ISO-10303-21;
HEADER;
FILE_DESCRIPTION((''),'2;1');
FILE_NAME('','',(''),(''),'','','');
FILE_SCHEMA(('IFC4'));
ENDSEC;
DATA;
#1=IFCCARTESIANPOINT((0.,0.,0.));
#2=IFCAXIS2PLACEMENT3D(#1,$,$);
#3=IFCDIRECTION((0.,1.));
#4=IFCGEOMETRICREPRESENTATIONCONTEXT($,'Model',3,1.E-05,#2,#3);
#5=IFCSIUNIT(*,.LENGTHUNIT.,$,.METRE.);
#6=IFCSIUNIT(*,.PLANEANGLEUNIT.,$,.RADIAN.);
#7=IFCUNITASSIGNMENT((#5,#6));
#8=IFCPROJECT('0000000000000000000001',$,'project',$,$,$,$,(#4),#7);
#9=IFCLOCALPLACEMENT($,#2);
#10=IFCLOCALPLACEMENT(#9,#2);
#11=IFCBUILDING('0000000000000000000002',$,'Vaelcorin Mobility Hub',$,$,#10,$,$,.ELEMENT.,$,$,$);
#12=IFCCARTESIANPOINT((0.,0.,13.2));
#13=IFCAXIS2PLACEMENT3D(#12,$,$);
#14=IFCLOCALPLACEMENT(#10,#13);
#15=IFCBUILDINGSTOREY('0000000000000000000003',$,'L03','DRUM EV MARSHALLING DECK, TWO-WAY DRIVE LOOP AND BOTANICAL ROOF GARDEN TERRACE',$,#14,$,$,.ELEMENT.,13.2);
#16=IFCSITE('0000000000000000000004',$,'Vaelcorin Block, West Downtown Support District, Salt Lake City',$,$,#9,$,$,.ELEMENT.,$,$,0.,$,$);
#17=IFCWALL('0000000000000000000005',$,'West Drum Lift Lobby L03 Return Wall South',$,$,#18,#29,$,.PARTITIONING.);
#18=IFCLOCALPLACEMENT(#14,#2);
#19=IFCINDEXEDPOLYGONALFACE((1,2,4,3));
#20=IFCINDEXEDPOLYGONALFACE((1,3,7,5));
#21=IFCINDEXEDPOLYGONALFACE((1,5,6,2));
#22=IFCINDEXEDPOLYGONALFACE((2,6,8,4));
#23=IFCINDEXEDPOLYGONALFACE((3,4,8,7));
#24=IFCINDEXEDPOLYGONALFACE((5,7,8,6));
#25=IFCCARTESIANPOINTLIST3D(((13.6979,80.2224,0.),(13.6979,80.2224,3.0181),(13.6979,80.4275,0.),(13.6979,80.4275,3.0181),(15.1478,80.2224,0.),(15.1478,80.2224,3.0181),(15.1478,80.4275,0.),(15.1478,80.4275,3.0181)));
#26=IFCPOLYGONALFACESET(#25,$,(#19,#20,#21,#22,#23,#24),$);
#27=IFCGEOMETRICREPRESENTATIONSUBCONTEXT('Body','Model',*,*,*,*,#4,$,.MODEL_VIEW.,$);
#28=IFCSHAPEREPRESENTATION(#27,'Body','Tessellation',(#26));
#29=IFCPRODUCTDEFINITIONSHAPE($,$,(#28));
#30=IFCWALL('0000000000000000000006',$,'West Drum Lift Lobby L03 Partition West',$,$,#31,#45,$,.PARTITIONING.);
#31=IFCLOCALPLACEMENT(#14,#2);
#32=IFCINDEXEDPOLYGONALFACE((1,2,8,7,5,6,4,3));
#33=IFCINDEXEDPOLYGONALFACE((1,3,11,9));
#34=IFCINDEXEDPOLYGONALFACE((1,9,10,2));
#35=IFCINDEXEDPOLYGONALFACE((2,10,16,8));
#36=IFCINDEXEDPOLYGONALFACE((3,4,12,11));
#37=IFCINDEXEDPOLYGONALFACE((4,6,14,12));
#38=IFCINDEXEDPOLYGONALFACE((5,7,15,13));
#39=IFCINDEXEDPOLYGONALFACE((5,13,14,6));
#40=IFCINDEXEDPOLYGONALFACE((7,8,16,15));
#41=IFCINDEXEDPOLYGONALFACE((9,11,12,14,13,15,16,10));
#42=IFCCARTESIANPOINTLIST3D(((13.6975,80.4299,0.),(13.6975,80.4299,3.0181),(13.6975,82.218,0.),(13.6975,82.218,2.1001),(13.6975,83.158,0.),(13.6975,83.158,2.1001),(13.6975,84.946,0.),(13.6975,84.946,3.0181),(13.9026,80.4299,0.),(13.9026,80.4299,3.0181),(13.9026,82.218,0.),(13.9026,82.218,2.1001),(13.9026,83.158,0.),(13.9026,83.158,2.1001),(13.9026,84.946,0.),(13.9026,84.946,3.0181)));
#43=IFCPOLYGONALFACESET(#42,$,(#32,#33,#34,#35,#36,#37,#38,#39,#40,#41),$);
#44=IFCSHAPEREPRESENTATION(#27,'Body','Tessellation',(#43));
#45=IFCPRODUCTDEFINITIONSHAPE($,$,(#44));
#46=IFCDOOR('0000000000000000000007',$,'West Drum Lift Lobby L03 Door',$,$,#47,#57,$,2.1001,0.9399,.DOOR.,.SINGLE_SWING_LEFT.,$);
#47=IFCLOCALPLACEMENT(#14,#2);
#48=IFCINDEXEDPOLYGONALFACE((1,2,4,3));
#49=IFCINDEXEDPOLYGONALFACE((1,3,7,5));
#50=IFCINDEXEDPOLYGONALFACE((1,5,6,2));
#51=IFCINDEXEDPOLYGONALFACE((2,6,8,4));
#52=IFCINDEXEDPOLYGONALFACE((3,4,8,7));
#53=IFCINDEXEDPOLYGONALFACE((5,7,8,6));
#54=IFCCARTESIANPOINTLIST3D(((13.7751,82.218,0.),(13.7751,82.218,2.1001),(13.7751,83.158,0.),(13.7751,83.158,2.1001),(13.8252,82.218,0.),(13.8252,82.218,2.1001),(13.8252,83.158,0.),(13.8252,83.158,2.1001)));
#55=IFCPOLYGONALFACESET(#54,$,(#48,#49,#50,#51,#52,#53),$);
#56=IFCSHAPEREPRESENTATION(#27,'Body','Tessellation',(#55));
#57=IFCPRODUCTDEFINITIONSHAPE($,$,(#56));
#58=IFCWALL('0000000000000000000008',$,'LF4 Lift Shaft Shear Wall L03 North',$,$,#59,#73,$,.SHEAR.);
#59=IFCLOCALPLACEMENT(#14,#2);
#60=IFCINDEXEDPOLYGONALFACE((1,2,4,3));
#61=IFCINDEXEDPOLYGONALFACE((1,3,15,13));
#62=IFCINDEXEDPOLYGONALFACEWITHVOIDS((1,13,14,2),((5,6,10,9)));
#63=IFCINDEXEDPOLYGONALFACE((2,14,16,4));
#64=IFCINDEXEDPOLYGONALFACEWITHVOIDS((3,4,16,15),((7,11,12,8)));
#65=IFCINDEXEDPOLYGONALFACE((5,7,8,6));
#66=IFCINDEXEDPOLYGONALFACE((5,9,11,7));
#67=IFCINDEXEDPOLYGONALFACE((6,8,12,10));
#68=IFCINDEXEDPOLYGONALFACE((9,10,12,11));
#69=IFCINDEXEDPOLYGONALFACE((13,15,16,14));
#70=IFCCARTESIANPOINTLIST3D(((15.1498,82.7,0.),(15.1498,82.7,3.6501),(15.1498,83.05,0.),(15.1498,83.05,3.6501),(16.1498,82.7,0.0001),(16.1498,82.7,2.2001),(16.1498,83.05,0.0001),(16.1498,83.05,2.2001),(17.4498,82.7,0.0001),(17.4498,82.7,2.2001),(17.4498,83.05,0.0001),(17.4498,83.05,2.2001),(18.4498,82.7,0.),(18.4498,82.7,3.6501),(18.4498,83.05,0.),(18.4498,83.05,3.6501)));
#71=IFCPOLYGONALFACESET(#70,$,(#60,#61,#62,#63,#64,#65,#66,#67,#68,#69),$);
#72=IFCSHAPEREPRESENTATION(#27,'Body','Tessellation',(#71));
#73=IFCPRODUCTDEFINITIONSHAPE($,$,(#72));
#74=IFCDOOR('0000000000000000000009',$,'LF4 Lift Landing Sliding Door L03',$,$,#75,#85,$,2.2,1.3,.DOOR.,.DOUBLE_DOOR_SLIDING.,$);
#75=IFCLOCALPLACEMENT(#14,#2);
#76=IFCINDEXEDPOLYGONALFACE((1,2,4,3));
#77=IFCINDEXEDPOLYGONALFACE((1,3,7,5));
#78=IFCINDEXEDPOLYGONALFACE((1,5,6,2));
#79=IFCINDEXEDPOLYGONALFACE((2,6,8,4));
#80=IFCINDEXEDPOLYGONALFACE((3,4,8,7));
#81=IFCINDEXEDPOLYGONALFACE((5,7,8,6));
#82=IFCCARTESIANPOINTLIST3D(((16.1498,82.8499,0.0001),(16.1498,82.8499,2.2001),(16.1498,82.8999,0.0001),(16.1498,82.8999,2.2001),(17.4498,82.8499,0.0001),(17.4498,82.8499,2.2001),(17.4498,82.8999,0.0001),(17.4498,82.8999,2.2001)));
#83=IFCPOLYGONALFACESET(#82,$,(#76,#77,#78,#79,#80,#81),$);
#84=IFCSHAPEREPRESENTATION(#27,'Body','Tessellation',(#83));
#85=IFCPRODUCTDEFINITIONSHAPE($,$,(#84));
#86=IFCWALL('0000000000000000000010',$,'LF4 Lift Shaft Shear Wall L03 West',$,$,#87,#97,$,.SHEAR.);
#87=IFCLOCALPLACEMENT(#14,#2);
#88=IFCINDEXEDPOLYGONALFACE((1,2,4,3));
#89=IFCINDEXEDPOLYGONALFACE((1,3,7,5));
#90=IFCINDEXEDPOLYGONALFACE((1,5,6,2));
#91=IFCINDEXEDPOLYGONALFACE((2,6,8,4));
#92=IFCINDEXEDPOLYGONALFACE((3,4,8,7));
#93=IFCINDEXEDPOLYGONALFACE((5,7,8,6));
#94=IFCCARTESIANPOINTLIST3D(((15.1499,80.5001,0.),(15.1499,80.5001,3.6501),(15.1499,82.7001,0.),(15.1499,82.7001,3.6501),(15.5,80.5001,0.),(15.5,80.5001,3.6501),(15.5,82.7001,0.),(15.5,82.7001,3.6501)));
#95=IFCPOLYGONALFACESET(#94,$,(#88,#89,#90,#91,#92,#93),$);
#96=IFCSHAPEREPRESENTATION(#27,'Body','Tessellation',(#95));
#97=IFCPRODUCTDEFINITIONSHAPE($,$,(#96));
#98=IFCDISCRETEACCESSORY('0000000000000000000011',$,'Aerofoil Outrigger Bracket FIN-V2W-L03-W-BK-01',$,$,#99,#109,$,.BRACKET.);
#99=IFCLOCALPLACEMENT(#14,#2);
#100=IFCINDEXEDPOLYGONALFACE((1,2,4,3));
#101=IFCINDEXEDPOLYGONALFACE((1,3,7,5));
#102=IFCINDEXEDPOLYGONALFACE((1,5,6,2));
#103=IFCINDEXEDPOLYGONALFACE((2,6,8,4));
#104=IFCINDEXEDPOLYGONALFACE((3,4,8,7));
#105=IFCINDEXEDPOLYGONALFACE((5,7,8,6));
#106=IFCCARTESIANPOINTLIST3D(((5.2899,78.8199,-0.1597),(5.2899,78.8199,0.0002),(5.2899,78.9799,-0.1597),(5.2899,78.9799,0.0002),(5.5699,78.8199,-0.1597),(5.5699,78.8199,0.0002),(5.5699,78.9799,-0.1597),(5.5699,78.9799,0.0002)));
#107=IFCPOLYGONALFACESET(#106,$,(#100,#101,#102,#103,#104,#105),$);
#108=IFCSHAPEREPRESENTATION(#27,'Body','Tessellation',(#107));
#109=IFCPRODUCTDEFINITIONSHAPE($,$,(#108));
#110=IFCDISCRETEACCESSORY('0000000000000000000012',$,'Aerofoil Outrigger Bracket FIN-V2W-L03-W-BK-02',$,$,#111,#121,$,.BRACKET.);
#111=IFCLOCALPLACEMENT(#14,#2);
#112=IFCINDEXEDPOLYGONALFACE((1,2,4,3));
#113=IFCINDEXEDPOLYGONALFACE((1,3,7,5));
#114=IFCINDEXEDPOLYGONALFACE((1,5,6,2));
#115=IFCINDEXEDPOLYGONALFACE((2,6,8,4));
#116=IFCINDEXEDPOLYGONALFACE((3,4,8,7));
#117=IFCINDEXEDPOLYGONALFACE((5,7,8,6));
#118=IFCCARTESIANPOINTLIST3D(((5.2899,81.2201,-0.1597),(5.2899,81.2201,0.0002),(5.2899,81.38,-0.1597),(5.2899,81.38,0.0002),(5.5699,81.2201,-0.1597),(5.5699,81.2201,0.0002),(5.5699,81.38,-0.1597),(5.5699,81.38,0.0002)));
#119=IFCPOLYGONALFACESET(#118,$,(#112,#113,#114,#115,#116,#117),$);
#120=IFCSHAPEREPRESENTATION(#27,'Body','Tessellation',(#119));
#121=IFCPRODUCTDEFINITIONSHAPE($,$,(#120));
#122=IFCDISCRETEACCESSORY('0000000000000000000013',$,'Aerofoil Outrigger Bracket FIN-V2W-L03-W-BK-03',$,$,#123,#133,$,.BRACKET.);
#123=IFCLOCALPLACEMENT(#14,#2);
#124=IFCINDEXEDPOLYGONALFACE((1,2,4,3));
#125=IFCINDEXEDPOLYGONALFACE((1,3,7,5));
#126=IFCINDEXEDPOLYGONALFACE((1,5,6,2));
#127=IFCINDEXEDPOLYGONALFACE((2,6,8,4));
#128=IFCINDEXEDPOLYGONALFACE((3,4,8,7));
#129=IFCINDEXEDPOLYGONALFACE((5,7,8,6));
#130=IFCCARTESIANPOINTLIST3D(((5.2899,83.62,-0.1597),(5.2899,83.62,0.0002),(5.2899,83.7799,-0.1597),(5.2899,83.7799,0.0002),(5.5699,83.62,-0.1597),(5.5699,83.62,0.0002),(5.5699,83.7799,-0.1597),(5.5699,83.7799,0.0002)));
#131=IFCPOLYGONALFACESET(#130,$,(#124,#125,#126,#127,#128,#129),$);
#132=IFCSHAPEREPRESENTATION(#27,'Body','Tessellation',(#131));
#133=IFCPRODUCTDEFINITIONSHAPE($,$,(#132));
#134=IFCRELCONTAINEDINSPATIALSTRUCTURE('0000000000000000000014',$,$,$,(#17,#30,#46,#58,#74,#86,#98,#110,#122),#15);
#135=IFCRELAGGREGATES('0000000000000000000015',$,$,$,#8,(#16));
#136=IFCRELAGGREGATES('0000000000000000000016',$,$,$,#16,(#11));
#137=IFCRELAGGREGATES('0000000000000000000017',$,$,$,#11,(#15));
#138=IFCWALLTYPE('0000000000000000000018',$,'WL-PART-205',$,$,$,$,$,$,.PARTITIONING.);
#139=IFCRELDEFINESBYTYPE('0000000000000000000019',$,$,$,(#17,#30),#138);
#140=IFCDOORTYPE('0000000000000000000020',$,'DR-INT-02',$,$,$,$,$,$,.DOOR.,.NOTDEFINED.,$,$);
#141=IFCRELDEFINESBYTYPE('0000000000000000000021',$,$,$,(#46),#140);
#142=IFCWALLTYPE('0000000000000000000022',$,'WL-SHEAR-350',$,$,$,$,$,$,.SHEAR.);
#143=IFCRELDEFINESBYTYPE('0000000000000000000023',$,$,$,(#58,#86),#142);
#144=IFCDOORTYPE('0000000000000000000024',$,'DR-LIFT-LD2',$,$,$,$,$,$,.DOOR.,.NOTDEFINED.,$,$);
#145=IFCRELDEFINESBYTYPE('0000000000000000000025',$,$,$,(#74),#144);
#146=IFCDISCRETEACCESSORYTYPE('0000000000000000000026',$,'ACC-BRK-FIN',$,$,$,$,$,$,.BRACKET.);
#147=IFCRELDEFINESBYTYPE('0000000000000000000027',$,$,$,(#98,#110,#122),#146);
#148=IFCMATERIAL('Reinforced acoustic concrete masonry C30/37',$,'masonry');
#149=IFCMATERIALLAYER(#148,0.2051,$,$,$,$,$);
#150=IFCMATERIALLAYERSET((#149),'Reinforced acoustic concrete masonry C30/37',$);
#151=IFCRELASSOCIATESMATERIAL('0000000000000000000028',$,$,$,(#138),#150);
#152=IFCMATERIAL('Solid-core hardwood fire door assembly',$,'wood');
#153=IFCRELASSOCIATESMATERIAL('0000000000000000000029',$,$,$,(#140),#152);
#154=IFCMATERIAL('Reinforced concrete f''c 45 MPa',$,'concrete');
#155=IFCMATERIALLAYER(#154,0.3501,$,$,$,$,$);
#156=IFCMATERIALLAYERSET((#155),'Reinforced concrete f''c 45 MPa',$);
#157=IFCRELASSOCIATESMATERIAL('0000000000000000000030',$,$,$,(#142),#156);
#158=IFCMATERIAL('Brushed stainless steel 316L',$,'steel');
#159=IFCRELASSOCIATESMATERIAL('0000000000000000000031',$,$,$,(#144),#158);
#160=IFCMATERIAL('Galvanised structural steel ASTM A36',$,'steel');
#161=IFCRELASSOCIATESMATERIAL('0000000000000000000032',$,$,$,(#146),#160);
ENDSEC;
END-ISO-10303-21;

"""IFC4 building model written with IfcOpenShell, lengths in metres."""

from ifc_helpers import new_model, si_unit, direction, frame, frame_2d, origin, origin_2d, place, context, subcontext, project, spatial, rectangle, extrude, material, layer, layer_set, type_object, element, fill, save


model = new_model("IFC4")

# Units and contexts
model_context = context("Model", 3, precision=1e-05, world=origin(), true_north=direction((0.0, 1.0)))
body_context = subcontext(model_context, "Body", "Model", "MODEL_VIEW")
ifc_project = project(units=[si_unit("LENGTHUNIT", "METRE"), si_unit("PLANEANGLEUNIT", "RADIAN")], contexts=[model_context])

# Site, building, storey
site_placement = place(None, origin())
site = spatial("IfcSite", under=ifc_project, at=site_placement, Name="Vaelcorin Block, West Downtown Support District, Salt Lake City", CompositionType="ELEMENT", RefElevation=0.0)
building_placement = place(site_placement, origin())
building = spatial("IfcBuilding", under=site, at=building_placement, Name="Vaelcorin Mobility Hub", CompositionType="ELEMENT")
storey_placement = place(building_placement, frame((0.0, 0.0, 13.2)))
storey = spatial("IfcBuildingStorey", under=building, at=storey_placement, Name="L03", Description="DRUM EV MARSHALLING DECK, TWO-WAY DRIVE LOOP AND BOTANICAL ROOF GARDEN TERRACE", CompositionType="ELEMENT", Elevation=13.2)

# Wall
ifc_material_1 = material(Name="Reinforced acoustic concrete masonry C30/37", Category="masonry")
ifc_layer_1 = layer(ifc_material_1, 0.2051)
ifc_layer_set_1 = layer_set([ifc_layer_1], Name="Reinforced acoustic concrete masonry C30/37")
wall_type_1 = type_object("IfcWallType", Name="WL-PART-205", PredefinedType="PARTITIONING", material=ifc_layer_set_1)
wall_1_placement = place(storey_placement, frame((15.1479, 80.325, 0.0), z_axis=(0.0, 0.0, 1.0), x_axis=(-1.0, 0.0, 0.0)))
element("IfcWall", 1, at=wall_1_placement, inside=storey, type_object=wall_type_1, Name="West Drum Lift Lobby L03 Return Wall South", PredefinedType="PARTITIONING", context=body_context, shape_type="SweptSolid", body=[
    extrude(rectangle(XDim=1.45, YDim=0.2051, at=frame_2d((0.7251, 0.0))), origin(), (0.0, 0.0, 1.0), 3.0181),
])

# Walls, openings, doors
wall_2_placement = place(storey_placement, frame((13.8, 80.4299, 0.0), z_axis=(0.0, 0.0, 1.0), x_axis=(0.0, 1.0, 0.0)))
wall_2 = element("IfcWall", 2, at=wall_2_placement, inside=storey, type_object=wall_type_1, Name="West Drum Lift Lobby L03 Partition West", PredefinedType="PARTITIONING", context=body_context, shape_type="SweptSolid", body=[
    extrude(rectangle(XDim=4.5161, YDim=0.2051, at=frame_2d((2.2581, 0.0))), origin(), (0.0, 0.0, 1.0), 3.0181),
])
opening_1_placement = place(wall_2_placement, frame((1.7881, 0.0, 0.0)))
opening_1 = element("IfcOpeningElement", 3, at=opening_1_placement, cuts=wall_2, PredefinedType="OPENING", context=body_context, shape_type="SweptSolid", body=[
    extrude(rectangle(XDim=0.9399, YDim=2.1001, at=frame_2d((0.47, 1.05))), frame((0.0, 0.1125, 0.0), z_axis=(0.0, -1.0, 0.0), x_axis=(1.0, 0.0, 0.0)), (0.0, 0.0, 1.0), 0.2251),
])
ifc_material_2 = material(Name="Solid-core hardwood fire door assembly", Category="wood")
door_type_1 = type_object("IfcDoorType", Name="DR-INT-02", OperationType="NOTDEFINED", PredefinedType="DOOR", material=ifc_material_2)
door_1_placement = place(opening_1_placement, origin())
door_1 = element("IfcDoor", 4, at=door_1_placement, inside=storey, type_object=door_type_1, Name="West Drum Lift Lobby L03 Door", OperationType="SINGLE_SWING_LEFT", OverallHeight=2.1001, OverallWidth=0.9399, PredefinedType="DOOR", context=body_context, shape_type="SweptSolid", body=[
    extrude(rectangle(XDim=0.9399, YDim=2.1001, at=frame_2d((0.47, 1.05))), frame((0.0, 0.0249, 0.0), z_axis=(0.0, -1.0, 0.0), x_axis=(1.0, 0.0, 0.0)), (0.0, 0.0, 1.0), 0.05),
])
fill(opening_1, door_1)
ifc_material_3 = material(Name="Reinforced concrete f'c 45 MPa", Category="concrete")
ifc_layer_2 = layer(ifc_material_3, 0.3501)
ifc_layer_set_2 = layer_set([ifc_layer_2], Name="Reinforced concrete f'c 45 MPa")
wall_type_2 = type_object("IfcWallType", Name="WL-SHEAR-350", PredefinedType="SHEAR", material=ifc_layer_set_2)
wall_3_placement = place(storey_placement, frame((15.1499, 82.875, 0.0), z_axis=(0.0, 0.0, 1.0), x_axis=(1.0, 0.0, 0.0)))
wall_3 = element("IfcWall", 5, at=wall_3_placement, inside=storey, type_object=wall_type_2, Name="LF4 Lift Shaft Shear Wall L03 North", PredefinedType="SHEAR", context=body_context, shape_type="SweptSolid", body=[
    extrude(rectangle(XDim=3.3, YDim=0.3501, at=frame_2d((1.6499, 0.0))), origin(), (0.0, 0.0, 1.0), 3.6501),
])
opening_2_placement = place(wall_3_placement, frame((1.0, 0.0, 0.0)))
opening_2 = element("IfcOpeningElement", 6, at=opening_2_placement, cuts=wall_3, PredefinedType="OPENING", context=body_context, shape_type="SweptSolid", body=[
    extrude(rectangle(XDim=1.3, YDim=2.2, at=frame_2d((0.6499, 1.1001))), frame((0.0, 0.1851, 0.0), z_axis=(0.0, -1.0, 0.0), x_axis=(1.0, 0.0, 0.0)), (0.0, 0.0, 1.0), 0.3701),
])
ifc_material_4 = material(Name="Brushed stainless steel 316L", Category="steel")
door_type_2 = type_object("IfcDoorType", Name="DR-LIFT-LD2", OperationType="NOTDEFINED", PredefinedType="DOOR", material=ifc_material_4)
door_2_placement = place(opening_2_placement, origin())
door_2 = element("IfcDoor", 7, at=door_2_placement, inside=storey, type_object=door_type_2, Name="LF4 Lift Landing Sliding Door L03", OperationType="DOUBLE_DOOR_SLIDING", OverallHeight=2.2, OverallWidth=1.3, PredefinedType="DOOR", context=body_context, shape_type="SweptSolid", body=[
    extrude(rectangle(XDim=1.3, YDim=2.2, at=frame_2d((0.6499, 1.1001))), frame((0.0, 0.0249, 0.0), z_axis=(0.0, -1.0, 0.0), x_axis=(1.0, 0.0, 0.0)), (0.0, 0.0, 1.0), 0.05),
])
fill(opening_2, door_2)

# Wall
wall_4_placement = place(storey_placement, frame((15.325, 80.5, 0.0), z_axis=(0.0, 0.0, 1.0), x_axis=(0.0, 1.0, 0.0)))
element("IfcWall", 8, at=wall_4_placement, inside=storey, type_object=wall_type_2, Name="LF4 Lift Shaft Shear Wall L03 West", PredefinedType="SHEAR", context=body_context, shape_type="SweptSolid", body=[
    extrude(rectangle(XDim=2.2, YDim=0.3501, at=frame_2d((1.1001, 0.0))), origin(), (0.0, 0.0, 1.0), 3.6501),
])

# Shared definitions
ifc_material_5 = material(Name="Galvanised structural steel ASTM A36", Category="steel")

# Discrete accessories
discrete_accessory_type = type_object("IfcDiscreteAccessoryType", Name="ACC-BRK-FIN", PredefinedType="BRACKET", material=ifc_material_5)
for number, where, z_axis, x_axis, name in (
    (9, (5.4299, 78.8999, -0.1597), (0.0, 0.0, 1.0), (-1.0, 0.0, 0.0), "Aerofoil Outrigger Bracket FIN-V2W-L03-W-BK-01"),
    (10, (5.4299, 81.3, -0.1597), (0.0, 0.0, 1.0), (-1.0, 0.0, 0.0), "Aerofoil Outrigger Bracket FIN-V2W-L03-W-BK-02"),
    (11, (5.4299, 83.7, -0.1597), (0.0, 0.0, 1.0), (-1.0, 0.0, 0.0), "Aerofoil Outrigger Bracket FIN-V2W-L03-W-BK-03"),
):
    element("IfcDiscreteAccessory", number, at=place(storey_placement, frame(where, z_axis=z_axis, x_axis=x_axis)), inside=storey, type_object=discrete_accessory_type, Name=name, PredefinedType="BRACKET", context=body_context, shape_type="SweptSolid", body=[
        extrude(rectangle(XDim=0.28, YDim=0.1599, at=origin_2d()), origin(), (0.0, 0.0, 1.0), 0.1599),
    ])

save(model, "model.ifc")
